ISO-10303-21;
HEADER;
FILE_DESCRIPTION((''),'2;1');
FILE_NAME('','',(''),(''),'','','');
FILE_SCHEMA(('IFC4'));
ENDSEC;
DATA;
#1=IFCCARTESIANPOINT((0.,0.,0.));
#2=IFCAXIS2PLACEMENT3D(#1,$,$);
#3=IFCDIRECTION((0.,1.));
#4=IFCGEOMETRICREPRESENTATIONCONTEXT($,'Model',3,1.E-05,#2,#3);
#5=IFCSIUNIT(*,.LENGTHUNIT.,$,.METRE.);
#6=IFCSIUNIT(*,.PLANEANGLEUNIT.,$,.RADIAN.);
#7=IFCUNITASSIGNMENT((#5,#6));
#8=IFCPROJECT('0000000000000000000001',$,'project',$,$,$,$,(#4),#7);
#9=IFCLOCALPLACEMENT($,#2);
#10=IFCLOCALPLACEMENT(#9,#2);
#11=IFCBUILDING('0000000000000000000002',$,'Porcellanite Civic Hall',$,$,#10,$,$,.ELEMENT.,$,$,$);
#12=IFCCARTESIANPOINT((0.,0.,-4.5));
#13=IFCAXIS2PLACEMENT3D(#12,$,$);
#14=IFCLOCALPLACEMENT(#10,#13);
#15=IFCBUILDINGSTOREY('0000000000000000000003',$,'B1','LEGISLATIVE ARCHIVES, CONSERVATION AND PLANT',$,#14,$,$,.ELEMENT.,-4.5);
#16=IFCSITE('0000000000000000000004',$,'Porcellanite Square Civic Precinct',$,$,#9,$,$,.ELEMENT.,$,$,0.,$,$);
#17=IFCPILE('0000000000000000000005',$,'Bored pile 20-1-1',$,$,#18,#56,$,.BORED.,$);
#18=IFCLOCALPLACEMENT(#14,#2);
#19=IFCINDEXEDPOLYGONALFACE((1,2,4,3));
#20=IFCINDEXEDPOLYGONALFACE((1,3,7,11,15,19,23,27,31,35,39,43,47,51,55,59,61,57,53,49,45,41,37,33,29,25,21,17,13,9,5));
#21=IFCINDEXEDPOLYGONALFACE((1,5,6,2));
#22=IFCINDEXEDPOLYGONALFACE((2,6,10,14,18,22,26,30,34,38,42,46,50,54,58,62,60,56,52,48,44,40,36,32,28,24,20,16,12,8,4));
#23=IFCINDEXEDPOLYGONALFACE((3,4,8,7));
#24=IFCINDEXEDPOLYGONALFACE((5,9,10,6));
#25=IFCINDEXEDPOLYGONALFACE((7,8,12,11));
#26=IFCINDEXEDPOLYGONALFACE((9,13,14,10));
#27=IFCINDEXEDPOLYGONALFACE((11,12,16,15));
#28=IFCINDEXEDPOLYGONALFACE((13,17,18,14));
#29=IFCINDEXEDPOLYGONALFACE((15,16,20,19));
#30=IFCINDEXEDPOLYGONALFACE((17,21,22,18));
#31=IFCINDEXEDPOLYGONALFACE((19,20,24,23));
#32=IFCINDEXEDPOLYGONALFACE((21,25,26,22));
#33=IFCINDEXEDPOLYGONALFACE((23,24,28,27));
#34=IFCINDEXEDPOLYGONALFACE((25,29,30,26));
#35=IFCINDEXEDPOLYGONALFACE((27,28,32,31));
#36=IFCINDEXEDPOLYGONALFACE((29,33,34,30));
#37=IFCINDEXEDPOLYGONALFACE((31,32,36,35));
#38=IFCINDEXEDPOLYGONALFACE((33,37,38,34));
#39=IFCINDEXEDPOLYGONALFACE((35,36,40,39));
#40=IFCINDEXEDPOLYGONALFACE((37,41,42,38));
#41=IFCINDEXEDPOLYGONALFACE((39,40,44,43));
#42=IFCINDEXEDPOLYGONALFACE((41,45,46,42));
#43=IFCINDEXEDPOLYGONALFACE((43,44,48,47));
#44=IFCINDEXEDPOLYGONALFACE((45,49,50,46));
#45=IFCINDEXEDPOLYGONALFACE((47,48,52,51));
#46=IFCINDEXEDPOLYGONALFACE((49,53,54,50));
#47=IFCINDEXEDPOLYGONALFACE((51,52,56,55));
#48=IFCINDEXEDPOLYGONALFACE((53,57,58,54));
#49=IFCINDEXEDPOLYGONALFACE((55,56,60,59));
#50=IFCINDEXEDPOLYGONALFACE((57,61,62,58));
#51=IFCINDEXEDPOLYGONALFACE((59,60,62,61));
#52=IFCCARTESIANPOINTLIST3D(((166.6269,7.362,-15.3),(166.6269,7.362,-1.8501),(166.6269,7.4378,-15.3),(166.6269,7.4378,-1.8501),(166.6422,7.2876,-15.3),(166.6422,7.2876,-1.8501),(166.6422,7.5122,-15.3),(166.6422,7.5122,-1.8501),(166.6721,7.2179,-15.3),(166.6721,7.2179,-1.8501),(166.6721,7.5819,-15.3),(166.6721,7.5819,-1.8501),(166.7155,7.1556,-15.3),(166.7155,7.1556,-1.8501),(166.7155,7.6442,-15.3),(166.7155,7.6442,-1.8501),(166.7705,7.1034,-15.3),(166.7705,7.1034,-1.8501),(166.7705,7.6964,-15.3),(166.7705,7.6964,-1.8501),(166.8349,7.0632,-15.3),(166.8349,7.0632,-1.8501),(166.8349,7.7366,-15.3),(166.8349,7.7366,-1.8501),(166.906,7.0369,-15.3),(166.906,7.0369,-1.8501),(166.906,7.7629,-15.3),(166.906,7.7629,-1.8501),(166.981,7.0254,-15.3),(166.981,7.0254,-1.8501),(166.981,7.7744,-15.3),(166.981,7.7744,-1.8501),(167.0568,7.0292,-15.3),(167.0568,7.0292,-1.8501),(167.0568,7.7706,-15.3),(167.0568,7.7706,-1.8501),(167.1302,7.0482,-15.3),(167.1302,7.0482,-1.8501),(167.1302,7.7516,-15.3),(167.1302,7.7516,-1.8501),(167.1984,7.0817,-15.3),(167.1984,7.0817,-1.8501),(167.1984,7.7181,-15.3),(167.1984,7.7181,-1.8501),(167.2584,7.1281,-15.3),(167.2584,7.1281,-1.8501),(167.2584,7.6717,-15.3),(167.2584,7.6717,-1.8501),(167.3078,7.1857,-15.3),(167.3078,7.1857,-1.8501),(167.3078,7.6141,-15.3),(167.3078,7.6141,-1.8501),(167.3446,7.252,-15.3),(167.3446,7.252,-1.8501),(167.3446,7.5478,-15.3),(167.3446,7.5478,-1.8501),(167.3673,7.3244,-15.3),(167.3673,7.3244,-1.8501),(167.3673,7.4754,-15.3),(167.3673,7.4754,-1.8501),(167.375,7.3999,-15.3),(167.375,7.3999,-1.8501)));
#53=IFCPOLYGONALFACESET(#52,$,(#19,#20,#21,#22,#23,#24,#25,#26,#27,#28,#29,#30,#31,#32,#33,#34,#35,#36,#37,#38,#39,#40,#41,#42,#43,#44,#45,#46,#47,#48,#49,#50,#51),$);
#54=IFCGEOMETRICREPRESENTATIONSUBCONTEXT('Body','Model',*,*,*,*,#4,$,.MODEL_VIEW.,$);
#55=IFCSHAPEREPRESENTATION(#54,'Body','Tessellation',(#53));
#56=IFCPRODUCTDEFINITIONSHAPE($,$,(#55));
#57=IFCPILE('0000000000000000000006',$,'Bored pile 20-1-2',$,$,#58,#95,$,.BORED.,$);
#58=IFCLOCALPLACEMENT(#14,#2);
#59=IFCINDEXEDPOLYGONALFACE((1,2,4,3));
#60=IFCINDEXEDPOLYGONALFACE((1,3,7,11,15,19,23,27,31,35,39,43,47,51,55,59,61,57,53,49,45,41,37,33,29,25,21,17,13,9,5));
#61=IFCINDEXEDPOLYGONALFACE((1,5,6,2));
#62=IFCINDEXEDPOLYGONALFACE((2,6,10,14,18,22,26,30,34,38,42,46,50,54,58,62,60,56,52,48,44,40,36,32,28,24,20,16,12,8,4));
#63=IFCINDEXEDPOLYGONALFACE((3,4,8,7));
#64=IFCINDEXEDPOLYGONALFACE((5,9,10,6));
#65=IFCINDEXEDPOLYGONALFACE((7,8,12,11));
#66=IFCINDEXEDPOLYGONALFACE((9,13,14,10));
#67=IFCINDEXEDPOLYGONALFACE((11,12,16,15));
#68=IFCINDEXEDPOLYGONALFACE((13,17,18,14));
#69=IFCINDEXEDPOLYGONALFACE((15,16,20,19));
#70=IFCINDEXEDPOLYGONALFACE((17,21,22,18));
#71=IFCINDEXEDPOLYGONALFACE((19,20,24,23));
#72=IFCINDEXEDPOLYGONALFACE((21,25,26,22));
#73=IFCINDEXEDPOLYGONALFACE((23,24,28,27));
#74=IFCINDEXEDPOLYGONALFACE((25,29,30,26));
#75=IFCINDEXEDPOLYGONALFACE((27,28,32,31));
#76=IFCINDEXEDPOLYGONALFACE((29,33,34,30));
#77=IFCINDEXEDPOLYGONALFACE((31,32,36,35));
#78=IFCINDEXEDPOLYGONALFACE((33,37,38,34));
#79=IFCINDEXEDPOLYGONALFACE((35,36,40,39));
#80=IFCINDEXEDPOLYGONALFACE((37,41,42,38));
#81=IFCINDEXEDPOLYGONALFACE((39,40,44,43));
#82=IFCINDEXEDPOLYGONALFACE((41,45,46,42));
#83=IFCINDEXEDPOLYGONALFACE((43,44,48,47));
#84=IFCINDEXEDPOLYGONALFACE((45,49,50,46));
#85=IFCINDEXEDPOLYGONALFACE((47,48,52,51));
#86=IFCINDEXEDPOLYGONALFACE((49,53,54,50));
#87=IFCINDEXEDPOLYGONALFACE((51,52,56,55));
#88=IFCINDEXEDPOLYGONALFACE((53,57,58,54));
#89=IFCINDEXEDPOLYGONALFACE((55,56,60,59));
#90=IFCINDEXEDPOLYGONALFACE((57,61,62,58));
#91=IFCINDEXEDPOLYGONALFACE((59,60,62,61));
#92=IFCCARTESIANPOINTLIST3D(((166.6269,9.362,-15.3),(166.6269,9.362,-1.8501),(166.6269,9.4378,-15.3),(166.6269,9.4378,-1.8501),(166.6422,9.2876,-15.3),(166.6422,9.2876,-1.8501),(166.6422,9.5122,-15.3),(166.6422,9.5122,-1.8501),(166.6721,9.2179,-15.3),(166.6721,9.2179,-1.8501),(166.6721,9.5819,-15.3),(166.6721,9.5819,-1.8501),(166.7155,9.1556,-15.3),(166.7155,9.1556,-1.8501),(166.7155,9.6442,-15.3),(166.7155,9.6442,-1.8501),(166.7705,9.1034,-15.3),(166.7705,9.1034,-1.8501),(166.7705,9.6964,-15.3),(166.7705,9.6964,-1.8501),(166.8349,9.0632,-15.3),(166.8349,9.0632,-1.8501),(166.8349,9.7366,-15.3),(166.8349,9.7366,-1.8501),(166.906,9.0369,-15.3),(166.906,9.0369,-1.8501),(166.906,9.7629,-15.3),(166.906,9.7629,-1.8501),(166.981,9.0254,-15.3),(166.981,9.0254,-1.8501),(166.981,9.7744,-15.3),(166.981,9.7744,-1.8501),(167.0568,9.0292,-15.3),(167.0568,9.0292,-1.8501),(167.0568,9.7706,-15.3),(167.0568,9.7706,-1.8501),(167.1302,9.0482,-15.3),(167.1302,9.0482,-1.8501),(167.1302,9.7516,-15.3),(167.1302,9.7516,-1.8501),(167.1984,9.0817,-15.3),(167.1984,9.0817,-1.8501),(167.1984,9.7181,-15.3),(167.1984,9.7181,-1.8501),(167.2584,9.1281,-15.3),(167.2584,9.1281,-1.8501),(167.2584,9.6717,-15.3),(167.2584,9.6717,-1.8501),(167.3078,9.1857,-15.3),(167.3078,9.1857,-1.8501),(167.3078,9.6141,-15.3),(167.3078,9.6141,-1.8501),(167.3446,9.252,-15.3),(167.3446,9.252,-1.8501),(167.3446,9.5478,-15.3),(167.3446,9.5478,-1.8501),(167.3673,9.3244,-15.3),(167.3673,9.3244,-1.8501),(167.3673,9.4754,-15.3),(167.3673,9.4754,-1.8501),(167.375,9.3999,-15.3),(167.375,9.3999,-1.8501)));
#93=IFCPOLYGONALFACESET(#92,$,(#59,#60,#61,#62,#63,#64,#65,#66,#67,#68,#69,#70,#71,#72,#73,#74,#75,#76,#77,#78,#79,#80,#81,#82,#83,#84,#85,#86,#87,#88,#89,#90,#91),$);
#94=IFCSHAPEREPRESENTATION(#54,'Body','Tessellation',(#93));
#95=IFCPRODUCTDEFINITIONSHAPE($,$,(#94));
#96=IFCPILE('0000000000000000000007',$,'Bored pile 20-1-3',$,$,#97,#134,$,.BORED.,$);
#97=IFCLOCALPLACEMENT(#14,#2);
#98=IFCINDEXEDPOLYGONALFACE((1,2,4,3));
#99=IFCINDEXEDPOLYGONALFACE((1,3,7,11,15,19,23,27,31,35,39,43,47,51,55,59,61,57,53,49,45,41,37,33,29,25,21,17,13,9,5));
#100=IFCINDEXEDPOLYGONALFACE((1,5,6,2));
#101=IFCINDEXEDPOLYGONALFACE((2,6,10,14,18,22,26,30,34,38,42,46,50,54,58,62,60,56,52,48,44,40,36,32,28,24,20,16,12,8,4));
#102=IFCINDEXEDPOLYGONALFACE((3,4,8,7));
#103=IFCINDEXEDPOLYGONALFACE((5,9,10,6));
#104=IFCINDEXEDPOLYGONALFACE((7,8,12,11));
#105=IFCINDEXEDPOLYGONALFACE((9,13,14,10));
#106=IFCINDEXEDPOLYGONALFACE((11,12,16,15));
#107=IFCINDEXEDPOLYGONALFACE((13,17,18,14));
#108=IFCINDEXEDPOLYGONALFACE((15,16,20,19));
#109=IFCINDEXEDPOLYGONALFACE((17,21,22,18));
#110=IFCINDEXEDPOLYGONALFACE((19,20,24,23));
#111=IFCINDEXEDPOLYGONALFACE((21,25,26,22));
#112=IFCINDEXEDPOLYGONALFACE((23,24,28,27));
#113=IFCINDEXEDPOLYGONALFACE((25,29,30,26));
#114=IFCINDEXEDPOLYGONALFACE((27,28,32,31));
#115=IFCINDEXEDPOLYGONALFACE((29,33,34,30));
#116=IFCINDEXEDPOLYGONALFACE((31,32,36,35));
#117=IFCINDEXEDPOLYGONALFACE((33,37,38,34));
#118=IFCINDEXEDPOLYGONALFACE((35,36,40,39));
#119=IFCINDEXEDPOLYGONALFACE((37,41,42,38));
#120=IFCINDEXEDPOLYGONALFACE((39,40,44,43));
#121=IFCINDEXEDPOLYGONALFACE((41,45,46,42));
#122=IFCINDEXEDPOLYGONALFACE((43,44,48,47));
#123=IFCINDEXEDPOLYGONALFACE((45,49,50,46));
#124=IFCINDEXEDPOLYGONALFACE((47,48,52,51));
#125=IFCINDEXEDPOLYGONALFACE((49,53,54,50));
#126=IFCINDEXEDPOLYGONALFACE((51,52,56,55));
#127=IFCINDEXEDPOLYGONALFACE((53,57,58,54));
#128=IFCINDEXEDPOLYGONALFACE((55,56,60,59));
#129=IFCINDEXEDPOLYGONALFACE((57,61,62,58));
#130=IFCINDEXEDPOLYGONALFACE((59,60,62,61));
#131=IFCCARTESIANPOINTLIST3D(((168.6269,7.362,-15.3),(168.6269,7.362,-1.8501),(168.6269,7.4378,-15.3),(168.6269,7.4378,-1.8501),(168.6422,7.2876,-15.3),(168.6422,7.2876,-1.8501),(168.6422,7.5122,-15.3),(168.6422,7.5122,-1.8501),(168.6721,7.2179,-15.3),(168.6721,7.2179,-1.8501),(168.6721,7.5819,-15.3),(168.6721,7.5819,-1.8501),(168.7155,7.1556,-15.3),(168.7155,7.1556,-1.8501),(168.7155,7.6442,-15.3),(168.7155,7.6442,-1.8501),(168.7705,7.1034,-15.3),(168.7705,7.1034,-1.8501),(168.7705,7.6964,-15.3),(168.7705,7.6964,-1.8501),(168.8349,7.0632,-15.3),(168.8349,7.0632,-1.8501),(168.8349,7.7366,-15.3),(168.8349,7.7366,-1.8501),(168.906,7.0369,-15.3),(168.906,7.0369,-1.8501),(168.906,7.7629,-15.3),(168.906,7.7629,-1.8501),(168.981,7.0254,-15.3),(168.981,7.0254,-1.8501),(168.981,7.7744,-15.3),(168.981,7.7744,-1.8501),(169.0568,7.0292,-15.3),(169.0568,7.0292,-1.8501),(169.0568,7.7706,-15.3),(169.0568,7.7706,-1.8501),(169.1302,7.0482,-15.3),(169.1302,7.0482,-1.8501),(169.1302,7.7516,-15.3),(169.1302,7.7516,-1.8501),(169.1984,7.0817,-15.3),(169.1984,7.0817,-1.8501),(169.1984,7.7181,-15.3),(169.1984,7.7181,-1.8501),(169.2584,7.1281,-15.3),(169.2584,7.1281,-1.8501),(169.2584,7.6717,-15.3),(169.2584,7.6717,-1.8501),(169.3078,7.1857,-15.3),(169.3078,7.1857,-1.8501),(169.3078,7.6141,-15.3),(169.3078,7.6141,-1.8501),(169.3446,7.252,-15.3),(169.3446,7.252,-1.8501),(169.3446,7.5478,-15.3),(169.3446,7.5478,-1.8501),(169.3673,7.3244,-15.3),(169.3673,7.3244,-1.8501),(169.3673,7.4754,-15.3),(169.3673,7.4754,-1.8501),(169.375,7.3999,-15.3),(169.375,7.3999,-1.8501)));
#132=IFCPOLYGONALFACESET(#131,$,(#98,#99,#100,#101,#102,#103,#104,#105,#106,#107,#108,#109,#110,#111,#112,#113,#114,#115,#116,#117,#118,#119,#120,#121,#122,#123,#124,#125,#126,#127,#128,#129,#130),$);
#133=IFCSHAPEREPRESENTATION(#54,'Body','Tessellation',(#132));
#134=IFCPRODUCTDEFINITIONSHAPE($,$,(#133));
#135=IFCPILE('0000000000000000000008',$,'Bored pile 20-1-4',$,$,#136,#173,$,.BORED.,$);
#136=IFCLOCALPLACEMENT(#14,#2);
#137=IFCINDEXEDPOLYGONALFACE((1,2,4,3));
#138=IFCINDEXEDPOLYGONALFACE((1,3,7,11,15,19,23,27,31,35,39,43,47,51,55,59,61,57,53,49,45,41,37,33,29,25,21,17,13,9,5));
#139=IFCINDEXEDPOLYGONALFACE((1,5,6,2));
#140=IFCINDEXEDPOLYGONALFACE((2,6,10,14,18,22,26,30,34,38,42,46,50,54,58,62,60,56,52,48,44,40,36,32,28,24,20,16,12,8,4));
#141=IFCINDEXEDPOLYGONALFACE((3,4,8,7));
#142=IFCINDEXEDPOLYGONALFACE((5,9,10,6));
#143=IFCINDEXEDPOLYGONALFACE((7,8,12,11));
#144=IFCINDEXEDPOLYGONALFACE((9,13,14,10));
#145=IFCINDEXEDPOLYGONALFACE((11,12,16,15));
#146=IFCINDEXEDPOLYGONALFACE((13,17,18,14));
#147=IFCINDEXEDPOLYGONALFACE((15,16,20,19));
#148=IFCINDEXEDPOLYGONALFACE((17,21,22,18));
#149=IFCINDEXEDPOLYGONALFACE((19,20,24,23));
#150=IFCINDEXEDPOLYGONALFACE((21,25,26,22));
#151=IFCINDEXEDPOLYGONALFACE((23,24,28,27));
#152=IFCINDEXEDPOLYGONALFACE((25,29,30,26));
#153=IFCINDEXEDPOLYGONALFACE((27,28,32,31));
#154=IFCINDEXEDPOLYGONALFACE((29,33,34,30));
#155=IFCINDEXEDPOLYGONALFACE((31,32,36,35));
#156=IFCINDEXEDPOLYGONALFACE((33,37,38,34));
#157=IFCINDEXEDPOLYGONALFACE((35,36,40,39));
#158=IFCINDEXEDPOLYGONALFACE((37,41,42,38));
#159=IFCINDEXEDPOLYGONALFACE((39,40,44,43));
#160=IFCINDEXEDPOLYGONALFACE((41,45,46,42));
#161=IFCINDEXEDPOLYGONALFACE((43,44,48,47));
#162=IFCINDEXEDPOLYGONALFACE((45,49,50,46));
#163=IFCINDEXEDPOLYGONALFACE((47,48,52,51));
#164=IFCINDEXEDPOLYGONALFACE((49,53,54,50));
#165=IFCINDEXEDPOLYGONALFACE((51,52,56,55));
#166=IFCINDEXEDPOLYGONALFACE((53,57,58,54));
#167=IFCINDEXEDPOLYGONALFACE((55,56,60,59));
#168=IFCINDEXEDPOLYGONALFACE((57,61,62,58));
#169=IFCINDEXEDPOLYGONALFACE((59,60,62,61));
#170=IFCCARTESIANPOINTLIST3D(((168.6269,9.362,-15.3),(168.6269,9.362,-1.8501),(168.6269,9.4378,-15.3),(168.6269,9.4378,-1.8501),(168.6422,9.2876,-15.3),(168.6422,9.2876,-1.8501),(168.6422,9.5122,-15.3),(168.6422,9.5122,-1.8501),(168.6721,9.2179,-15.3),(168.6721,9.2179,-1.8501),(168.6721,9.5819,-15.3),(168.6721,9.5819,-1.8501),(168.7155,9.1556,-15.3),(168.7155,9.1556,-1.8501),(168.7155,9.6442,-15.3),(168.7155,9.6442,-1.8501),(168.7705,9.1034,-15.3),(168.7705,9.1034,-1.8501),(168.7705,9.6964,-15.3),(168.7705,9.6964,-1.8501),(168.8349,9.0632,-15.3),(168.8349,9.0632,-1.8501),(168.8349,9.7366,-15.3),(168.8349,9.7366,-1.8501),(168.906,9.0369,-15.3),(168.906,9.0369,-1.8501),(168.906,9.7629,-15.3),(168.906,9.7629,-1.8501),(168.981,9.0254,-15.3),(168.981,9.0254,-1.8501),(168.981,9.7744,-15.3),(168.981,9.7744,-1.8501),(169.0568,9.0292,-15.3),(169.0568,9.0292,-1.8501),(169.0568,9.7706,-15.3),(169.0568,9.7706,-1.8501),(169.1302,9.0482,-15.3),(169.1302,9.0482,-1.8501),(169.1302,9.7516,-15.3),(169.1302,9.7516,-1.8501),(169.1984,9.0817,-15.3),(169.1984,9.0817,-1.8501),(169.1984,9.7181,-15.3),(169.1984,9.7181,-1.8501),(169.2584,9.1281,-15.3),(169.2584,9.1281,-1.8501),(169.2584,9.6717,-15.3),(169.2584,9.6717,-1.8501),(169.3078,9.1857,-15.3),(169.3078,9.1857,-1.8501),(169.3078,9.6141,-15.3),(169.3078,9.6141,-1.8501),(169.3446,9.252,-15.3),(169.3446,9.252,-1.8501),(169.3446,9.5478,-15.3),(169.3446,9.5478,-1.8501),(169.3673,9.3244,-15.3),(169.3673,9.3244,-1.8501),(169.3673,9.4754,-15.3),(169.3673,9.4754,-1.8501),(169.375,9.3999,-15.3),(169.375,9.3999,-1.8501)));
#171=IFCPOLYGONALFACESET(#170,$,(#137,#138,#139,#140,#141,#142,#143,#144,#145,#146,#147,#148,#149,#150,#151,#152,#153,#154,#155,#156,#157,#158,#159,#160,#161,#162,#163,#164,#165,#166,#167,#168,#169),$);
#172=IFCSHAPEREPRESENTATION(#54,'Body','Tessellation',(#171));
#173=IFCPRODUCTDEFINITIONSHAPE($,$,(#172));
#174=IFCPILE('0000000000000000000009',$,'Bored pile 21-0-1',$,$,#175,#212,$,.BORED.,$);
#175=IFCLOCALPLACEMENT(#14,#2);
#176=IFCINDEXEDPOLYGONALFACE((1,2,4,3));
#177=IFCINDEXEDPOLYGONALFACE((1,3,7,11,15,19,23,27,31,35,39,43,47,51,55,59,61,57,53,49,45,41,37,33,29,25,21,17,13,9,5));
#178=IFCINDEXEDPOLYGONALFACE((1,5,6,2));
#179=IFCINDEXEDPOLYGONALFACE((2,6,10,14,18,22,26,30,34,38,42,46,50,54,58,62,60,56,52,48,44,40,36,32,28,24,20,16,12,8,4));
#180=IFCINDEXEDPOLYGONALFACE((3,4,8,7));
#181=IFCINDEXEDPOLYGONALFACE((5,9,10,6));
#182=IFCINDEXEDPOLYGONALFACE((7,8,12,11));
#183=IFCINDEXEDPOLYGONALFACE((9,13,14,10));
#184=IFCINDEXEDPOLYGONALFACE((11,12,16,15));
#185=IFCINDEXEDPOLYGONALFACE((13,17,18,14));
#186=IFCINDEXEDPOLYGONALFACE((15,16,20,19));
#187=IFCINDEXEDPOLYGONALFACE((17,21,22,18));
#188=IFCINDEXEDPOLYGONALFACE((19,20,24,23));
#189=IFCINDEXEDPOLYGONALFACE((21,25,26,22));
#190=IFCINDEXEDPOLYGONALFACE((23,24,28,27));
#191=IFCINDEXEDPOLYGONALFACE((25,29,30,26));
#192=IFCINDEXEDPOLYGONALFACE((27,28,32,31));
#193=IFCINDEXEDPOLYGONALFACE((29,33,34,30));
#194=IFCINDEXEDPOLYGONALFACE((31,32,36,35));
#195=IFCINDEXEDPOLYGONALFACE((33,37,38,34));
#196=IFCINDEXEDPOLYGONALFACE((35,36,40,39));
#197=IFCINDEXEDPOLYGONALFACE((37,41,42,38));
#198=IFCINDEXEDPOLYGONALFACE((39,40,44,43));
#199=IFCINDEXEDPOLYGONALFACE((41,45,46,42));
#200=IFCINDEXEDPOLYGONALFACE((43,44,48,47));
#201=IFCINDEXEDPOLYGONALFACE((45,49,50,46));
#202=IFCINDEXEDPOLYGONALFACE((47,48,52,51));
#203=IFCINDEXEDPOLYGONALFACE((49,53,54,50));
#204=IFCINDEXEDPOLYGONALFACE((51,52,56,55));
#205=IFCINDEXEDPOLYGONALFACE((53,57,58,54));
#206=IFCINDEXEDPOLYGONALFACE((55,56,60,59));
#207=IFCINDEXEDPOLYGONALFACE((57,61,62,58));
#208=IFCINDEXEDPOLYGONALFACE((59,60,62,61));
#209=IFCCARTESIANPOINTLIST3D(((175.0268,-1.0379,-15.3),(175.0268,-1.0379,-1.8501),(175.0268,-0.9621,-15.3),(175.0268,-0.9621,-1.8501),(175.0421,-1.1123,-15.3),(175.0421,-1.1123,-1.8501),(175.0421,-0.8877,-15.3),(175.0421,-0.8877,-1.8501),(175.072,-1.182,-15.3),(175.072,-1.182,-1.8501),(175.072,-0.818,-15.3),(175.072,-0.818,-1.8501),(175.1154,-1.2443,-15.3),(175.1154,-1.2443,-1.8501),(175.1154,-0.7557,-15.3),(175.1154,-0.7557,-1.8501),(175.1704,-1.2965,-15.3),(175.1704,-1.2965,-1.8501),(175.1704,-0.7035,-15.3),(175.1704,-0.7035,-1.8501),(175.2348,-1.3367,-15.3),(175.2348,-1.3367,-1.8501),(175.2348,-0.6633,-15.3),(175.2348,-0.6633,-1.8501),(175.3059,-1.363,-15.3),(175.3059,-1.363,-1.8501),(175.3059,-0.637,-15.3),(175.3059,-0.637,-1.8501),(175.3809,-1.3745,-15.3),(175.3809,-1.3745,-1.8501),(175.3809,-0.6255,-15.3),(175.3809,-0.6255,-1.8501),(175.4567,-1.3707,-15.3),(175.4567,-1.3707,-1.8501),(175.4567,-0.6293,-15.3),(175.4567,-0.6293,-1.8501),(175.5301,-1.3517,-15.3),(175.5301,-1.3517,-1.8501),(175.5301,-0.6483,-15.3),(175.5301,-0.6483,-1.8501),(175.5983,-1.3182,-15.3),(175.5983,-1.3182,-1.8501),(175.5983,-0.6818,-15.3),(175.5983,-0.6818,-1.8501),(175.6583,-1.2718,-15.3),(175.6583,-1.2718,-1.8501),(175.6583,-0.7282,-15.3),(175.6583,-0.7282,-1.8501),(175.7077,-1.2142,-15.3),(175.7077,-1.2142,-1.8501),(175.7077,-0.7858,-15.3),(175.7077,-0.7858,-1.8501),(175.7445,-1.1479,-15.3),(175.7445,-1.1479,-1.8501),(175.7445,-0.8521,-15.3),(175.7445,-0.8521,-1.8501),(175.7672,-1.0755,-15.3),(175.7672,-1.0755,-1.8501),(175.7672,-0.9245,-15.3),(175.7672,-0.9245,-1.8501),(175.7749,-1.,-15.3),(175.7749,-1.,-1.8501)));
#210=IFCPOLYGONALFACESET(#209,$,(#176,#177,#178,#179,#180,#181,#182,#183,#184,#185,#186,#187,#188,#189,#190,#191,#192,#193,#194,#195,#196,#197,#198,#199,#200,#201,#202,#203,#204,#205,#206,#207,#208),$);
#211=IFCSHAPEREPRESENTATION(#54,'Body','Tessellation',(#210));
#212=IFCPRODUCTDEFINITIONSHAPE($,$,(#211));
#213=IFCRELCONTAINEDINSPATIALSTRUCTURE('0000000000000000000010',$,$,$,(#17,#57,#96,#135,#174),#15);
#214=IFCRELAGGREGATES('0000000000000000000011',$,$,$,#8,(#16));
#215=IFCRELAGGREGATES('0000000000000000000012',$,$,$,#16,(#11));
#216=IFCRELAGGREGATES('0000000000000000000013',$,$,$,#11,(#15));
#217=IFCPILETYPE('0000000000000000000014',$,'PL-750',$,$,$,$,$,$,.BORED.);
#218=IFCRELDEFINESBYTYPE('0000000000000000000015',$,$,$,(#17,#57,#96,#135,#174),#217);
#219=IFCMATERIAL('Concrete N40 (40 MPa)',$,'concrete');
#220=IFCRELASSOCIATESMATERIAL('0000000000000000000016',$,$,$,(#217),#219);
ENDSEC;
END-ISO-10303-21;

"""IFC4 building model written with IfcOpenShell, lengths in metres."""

from ifc_helpers import new_model, si_unit, direction, frame, origin, origin_2d, place, context, subcontext, project, spatial, circle, extrude, material, material_profile, profile_set, type_object, element, save


model = new_model("IFC4")

# Units and contexts
model_context = context("Model", 3, precision=1e-05, world=origin(), true_north=direction((0.0, 1.0)))
body_context = subcontext(model_context, "Body", "Model", "MODEL_VIEW")
ifc_project = project(units=[si_unit("LENGTHUNIT", "METRE"), si_unit("PLANEANGLEUNIT", "RADIAN")], contexts=[model_context])

# Site, building, storey
site_placement = place(None, origin())
site = spatial("IfcSite", under=ifc_project, at=site_placement, Name="Porcellanite Square Civic Precinct", CompositionType="ELEMENT", RefElevation=0.0)
building_placement = place(site_placement, origin())
building = spatial("IfcBuilding", under=site, at=building_placement, Name="Porcellanite Civic Hall", CompositionType="ELEMENT")
storey_placement = place(building_placement, frame((0.0, 0.0, -4.5)))
storey = spatial("IfcBuildingStorey", under=building, at=storey_placement, Name="B1", Description="LEGISLATIVE ARCHIVES, CONSERVATION AND PLANT", CompositionType="ELEMENT", Elevation=-4.5)

# Piles
ifc_material_1 = material(Name="Concrete N40 (40 MPa)", Category="concrete")
ifc_material_profile_1 = material_profile(ifc_material_1, circle(Radius=0.375, at=origin_2d()), Name="PILE-D750")
ifc_profile_set_1 = profile_set([ifc_material_profile_1], Name="Concrete N40 (40 MPa)")
pile_type_1 = type_object("IfcPileType", Name="PL-750", PredefinedType="BORED", material=ifc_profile_set_1)
for number, where, z_axis, x_axis, name in (
    (1, (167.0, 7.3999, -1.8501), (0.0, 0.0, -1.0), (1.0, 0.0, 0.0), "Bored pile 20-1-1"),
    (2, (167.0, 9.3999, -1.8501), (0.0, 0.0, -1.0), (1.0, 0.0, 0.0), "Bored pile 20-1-2"),
    (3, (169.0, 7.3999, -1.8501), (0.0, 0.0, -1.0), (1.0, 0.0, 0.0), "Bored pile 20-1-3"),
    (4, (169.0, 9.3999, -1.8501), (0.0, 0.0, -1.0), (1.0, 0.0, 0.0), "Bored pile 20-1-4"),
    (5, (175.3999, -1.0, -1.8501), (0.0, 0.0, -1.0), (1.0, 0.0, 0.0), "Bored pile 21-0-1"),
):
    element("IfcPile", number, at=place(storey_placement, frame(where, z_axis=z_axis, x_axis=x_axis)), inside=storey, type_object=pile_type_1, Name=name, PredefinedType="BORED", context=body_context, shape_type="SweptSolid", body=[
        extrude(circle(Radius=0.375, at=origin_2d()), origin(), (0.0, 0.0, 1.0), 13.45),
    ])

save(model, "model.ifc")
